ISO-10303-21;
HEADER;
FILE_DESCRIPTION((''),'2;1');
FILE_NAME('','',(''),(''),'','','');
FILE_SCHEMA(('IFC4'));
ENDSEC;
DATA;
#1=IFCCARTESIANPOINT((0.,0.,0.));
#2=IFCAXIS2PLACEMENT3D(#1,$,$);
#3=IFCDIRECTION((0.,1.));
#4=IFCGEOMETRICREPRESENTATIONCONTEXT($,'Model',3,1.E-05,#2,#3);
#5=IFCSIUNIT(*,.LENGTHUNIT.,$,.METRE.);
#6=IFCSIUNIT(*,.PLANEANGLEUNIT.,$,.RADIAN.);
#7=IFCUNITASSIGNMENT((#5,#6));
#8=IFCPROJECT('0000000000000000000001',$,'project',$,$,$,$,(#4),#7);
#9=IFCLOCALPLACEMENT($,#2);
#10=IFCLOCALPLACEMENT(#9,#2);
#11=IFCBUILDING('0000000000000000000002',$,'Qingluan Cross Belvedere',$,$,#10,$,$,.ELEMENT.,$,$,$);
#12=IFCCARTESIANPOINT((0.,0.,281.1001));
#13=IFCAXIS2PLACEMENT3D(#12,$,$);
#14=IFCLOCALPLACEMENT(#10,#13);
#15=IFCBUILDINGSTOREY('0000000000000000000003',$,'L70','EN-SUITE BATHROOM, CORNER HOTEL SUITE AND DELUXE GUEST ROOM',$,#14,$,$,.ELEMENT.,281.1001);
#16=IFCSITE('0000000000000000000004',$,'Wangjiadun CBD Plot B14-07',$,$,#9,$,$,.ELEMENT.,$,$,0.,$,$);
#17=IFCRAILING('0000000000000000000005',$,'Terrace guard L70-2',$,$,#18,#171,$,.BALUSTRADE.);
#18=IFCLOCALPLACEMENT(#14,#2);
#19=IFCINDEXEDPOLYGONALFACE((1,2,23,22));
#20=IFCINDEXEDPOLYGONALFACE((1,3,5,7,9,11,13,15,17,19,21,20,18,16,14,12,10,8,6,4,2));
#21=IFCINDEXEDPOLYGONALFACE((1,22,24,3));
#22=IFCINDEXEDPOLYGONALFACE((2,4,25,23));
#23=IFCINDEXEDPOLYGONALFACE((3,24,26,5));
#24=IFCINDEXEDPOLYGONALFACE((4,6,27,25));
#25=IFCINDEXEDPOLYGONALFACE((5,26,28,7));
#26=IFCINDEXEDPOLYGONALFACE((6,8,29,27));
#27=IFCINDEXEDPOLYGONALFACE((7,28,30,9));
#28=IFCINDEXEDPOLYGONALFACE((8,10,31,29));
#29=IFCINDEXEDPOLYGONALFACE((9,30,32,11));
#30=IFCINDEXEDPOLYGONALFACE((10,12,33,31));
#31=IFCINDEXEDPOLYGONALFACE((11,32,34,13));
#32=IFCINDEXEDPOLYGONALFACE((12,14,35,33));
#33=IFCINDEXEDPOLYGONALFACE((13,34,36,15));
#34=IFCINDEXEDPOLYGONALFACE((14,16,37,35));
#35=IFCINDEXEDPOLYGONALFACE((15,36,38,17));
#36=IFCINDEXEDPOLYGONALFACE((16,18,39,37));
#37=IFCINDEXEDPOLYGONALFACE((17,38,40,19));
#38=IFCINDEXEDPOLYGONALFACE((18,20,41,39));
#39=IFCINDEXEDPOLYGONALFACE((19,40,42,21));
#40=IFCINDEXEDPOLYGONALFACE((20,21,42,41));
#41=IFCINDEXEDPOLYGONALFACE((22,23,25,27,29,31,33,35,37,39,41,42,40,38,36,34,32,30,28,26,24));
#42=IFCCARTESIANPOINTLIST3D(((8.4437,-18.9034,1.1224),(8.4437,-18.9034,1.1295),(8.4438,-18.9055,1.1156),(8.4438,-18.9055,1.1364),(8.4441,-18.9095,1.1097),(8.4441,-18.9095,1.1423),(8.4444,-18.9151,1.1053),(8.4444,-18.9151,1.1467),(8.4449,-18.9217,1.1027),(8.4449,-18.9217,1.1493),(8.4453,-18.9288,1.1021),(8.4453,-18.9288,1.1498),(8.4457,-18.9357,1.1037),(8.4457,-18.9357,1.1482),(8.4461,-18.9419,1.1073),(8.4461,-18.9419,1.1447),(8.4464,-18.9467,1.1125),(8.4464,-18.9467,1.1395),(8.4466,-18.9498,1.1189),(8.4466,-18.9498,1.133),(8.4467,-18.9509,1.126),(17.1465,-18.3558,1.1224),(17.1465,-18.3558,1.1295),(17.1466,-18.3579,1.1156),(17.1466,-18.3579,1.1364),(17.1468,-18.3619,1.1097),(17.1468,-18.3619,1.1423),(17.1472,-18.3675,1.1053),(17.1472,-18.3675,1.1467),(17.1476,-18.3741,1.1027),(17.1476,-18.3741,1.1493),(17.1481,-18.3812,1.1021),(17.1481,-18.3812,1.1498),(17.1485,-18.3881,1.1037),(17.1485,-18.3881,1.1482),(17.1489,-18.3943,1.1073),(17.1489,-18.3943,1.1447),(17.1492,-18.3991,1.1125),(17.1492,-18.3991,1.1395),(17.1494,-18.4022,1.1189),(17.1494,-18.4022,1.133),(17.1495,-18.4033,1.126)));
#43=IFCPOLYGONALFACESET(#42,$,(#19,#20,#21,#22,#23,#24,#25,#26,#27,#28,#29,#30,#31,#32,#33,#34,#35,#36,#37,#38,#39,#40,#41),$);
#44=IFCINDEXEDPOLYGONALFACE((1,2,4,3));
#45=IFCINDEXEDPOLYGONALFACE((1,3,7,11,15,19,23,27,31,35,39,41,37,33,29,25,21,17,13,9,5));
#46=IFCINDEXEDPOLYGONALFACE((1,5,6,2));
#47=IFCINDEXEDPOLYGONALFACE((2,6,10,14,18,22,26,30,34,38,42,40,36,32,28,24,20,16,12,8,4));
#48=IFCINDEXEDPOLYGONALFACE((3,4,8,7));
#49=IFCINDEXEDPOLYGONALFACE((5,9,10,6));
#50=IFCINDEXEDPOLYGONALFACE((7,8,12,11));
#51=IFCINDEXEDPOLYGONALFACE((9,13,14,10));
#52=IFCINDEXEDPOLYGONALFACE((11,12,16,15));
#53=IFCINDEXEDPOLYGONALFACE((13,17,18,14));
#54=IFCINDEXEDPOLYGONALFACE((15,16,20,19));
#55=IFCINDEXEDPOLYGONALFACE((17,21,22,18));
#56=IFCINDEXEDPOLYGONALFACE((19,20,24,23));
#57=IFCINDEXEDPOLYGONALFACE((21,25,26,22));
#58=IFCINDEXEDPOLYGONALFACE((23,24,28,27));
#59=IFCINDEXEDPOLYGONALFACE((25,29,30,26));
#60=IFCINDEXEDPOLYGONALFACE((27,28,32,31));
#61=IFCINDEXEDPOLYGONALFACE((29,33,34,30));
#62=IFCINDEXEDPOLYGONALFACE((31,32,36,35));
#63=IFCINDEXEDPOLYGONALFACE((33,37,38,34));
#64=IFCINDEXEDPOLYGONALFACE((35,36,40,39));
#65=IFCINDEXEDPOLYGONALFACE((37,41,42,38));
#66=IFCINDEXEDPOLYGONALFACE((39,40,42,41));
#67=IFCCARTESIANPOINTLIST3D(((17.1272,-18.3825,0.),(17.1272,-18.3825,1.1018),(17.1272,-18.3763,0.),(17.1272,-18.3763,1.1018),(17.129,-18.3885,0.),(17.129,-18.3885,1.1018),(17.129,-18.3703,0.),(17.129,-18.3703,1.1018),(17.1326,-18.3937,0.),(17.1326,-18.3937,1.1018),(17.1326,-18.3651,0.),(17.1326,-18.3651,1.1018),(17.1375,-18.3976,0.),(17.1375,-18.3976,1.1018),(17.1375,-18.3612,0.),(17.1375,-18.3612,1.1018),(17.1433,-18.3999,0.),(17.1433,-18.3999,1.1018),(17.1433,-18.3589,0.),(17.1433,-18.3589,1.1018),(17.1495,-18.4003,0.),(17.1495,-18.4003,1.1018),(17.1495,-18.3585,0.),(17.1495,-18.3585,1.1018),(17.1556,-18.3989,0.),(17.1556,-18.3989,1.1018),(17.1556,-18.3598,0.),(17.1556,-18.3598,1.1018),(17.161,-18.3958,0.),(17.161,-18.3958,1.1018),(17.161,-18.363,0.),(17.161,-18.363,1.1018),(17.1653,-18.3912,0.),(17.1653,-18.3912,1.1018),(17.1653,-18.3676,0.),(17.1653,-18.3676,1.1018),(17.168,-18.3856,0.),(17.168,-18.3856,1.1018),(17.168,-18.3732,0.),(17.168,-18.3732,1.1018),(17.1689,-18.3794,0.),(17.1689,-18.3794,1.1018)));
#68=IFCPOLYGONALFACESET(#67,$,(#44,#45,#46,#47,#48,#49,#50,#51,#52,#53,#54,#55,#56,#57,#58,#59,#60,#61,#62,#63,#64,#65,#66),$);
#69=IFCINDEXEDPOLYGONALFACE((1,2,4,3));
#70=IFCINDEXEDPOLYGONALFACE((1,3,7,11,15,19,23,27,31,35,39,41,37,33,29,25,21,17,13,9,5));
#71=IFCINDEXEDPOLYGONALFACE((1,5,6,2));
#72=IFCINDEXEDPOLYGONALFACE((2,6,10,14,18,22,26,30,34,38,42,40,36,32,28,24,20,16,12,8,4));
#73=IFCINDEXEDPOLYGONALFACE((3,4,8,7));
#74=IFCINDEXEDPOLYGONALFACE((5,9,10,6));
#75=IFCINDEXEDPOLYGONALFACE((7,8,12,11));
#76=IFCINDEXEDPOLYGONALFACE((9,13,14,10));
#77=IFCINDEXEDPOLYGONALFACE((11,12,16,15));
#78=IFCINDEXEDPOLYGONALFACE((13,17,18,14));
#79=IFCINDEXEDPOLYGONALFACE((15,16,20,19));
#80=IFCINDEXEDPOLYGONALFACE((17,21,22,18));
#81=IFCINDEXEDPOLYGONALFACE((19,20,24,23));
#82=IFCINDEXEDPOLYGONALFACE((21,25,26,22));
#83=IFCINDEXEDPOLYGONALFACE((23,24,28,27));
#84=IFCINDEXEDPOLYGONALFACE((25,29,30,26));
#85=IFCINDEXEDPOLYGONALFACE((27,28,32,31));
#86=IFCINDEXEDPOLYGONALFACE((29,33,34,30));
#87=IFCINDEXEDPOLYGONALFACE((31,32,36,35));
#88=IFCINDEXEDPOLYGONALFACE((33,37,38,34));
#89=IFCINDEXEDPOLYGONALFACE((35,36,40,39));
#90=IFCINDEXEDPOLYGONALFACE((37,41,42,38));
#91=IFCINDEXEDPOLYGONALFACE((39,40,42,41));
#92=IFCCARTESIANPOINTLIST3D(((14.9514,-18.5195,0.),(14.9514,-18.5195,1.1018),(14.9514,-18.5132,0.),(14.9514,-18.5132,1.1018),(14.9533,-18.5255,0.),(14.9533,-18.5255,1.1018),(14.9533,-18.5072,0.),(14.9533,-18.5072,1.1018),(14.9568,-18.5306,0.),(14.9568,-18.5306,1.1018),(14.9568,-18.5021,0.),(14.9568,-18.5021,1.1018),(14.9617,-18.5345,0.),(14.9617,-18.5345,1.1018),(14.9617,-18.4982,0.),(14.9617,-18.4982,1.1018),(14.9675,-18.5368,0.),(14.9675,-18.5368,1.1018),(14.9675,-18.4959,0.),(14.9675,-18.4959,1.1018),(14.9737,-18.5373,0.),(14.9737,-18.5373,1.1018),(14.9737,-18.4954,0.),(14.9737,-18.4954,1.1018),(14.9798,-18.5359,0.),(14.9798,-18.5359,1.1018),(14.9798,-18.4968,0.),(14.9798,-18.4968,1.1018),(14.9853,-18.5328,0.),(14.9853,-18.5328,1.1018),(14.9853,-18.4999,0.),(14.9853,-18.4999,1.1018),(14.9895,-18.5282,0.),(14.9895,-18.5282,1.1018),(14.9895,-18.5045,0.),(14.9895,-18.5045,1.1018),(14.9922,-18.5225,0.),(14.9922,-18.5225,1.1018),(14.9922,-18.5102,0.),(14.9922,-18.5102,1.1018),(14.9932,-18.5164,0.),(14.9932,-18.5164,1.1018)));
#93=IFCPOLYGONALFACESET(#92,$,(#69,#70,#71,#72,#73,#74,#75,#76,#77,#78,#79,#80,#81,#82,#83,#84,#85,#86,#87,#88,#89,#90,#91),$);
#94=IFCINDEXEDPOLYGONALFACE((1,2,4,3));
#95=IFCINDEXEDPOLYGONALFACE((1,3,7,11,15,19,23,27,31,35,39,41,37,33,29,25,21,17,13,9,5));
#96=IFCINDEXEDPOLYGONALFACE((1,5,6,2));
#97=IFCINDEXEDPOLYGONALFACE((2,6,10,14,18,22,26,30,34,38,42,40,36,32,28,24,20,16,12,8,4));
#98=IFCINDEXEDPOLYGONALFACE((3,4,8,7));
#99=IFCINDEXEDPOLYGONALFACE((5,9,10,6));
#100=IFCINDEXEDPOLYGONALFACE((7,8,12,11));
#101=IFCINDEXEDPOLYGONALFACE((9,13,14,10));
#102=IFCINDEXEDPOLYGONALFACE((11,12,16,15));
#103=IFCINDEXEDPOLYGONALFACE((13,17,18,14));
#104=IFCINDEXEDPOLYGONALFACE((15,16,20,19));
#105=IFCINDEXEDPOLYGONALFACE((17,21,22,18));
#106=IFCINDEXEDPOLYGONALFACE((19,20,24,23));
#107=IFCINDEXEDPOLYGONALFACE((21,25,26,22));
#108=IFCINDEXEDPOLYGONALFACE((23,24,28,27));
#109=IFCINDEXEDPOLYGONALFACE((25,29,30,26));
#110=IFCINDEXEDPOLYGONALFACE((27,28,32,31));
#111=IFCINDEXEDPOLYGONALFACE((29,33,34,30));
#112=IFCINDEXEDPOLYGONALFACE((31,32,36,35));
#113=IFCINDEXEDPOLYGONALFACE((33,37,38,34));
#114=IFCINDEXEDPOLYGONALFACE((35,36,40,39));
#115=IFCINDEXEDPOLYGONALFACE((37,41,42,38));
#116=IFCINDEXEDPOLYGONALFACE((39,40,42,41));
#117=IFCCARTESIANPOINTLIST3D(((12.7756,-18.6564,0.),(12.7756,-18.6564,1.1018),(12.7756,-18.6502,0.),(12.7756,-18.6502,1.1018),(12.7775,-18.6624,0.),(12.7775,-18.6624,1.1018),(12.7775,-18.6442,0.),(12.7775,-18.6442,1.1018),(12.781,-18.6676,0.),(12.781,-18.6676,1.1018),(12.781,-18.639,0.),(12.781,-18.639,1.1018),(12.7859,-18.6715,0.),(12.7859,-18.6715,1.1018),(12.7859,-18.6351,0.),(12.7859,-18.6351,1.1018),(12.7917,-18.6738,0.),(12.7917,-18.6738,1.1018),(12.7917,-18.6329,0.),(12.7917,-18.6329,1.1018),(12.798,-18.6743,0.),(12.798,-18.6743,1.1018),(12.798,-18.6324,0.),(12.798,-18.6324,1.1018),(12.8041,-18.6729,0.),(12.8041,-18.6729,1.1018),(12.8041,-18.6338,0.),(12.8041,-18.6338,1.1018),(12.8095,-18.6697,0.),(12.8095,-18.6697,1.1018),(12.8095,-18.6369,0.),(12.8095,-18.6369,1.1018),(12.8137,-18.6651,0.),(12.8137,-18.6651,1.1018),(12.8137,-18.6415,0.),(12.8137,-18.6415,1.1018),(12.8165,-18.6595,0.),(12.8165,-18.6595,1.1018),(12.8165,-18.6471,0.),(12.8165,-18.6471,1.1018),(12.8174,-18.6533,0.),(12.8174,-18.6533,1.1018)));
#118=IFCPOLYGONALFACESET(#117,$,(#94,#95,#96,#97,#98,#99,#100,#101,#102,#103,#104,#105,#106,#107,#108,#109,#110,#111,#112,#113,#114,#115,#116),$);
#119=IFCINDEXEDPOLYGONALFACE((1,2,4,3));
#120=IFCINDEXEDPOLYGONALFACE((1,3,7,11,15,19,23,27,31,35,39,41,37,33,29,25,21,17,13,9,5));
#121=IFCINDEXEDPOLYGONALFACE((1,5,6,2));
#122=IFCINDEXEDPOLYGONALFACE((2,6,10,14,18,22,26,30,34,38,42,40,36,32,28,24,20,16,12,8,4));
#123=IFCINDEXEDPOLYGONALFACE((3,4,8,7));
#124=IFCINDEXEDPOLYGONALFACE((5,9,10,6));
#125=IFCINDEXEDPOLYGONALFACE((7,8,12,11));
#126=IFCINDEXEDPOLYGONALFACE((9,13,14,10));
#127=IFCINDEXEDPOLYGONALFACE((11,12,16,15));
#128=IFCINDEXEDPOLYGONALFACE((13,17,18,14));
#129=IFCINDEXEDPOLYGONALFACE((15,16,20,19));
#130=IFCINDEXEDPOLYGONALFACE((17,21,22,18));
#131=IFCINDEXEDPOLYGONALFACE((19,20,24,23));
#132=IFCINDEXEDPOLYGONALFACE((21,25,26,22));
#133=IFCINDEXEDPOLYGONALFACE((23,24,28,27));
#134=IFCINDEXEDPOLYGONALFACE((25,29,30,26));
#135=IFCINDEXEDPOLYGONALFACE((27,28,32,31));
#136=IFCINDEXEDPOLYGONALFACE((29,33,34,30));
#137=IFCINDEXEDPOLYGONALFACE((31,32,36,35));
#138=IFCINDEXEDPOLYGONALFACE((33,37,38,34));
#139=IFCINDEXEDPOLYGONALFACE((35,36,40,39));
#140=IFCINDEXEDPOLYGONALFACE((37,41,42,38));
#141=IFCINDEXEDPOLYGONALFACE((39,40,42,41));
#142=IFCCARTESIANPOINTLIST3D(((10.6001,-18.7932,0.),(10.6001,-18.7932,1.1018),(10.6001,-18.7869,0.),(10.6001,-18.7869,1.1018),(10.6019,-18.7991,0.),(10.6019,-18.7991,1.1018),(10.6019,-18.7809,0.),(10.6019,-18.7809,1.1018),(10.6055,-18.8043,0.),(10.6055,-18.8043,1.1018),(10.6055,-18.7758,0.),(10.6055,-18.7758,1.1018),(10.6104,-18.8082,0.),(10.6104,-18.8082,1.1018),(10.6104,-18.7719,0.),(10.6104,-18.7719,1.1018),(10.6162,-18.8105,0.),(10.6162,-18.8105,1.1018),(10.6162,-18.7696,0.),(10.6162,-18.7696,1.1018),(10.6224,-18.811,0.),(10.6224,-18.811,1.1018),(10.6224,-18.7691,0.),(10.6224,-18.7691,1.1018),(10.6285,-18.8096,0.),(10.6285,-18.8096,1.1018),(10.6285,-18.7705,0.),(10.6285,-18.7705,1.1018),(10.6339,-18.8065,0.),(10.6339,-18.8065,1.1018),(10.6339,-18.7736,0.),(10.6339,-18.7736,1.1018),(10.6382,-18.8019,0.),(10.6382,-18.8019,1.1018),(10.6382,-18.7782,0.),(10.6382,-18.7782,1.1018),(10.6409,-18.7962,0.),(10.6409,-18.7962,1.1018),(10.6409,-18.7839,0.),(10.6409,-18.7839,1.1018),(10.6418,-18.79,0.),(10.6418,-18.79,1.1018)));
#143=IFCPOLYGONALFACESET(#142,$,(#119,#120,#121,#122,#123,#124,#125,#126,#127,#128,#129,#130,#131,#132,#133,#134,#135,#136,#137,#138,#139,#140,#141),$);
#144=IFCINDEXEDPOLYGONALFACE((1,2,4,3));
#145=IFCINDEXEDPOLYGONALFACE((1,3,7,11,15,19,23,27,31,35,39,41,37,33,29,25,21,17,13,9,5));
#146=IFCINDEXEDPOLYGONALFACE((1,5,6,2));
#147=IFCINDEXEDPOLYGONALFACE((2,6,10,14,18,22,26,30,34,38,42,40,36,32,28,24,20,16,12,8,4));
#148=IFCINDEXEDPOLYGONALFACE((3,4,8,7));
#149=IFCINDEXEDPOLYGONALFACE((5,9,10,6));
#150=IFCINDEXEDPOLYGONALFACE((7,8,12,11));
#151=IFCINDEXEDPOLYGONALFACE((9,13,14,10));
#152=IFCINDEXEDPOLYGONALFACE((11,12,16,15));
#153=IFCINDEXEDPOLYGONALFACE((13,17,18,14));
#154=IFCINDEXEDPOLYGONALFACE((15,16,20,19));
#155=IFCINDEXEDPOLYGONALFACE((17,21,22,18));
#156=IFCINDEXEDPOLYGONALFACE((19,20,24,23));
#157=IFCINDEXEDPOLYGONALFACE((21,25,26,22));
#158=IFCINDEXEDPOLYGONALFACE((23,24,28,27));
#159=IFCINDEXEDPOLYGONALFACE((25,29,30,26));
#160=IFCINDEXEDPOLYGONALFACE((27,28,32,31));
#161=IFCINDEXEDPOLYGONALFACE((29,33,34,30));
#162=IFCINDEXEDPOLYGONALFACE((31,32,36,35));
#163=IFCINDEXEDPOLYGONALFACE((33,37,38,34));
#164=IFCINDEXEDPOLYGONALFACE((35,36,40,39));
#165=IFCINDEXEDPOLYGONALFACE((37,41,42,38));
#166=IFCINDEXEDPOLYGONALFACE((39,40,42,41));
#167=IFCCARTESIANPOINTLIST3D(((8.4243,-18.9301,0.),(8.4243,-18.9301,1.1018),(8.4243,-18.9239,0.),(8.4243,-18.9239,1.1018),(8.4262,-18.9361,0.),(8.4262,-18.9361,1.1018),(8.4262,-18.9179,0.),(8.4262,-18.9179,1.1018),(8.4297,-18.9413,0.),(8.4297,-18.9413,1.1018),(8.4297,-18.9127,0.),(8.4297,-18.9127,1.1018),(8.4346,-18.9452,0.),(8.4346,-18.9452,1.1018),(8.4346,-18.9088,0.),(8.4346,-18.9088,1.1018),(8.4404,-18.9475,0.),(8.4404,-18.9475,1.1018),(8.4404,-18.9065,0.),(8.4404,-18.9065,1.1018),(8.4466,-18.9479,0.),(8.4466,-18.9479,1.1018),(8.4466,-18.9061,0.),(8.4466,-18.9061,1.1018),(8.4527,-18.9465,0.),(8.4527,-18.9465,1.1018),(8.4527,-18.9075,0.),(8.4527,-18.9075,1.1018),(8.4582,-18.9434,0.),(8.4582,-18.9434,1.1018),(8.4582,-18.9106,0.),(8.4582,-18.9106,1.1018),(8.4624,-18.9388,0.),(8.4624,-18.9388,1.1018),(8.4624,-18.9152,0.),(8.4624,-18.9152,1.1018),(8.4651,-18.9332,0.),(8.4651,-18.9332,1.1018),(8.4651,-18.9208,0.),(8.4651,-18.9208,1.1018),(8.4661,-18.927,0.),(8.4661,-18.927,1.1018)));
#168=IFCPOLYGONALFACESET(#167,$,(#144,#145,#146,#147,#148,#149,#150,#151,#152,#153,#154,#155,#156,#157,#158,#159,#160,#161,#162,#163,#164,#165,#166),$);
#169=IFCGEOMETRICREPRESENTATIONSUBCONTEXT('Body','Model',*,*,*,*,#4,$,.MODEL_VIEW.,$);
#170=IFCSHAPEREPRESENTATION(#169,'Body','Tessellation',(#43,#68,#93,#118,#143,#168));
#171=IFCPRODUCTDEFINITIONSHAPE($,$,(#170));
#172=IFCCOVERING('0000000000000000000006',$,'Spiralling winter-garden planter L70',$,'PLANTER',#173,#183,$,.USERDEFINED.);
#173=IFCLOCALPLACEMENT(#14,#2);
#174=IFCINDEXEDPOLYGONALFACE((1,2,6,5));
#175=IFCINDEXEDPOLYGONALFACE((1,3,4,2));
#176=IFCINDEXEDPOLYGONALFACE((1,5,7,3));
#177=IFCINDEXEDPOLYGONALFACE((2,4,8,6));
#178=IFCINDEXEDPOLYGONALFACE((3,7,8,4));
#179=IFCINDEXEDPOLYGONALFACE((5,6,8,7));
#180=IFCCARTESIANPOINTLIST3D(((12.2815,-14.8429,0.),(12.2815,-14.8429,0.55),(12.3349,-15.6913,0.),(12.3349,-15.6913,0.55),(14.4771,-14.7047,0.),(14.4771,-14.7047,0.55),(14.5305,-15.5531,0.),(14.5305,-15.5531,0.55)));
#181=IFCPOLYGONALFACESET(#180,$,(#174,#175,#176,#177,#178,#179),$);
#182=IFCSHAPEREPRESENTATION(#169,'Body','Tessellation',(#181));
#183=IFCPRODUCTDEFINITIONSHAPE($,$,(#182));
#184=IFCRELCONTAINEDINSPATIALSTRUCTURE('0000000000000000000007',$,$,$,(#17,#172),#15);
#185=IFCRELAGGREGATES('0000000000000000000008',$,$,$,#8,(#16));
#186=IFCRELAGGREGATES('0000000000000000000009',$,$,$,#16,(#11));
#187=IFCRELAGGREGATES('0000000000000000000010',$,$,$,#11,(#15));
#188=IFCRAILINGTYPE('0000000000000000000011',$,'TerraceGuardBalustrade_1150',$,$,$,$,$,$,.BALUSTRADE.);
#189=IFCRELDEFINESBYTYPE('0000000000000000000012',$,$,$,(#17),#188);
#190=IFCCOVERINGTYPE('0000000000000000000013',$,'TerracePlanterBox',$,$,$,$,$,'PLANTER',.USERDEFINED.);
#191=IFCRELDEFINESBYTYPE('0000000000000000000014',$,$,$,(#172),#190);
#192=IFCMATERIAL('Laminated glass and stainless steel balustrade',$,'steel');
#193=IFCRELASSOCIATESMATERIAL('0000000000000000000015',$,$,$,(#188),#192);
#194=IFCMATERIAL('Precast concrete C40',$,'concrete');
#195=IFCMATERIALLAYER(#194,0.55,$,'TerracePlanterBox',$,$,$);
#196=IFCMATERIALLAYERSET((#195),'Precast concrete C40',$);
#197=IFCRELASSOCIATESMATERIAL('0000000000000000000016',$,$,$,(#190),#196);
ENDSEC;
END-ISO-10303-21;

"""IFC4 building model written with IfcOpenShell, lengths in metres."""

from ifc_helpers import new_model, si_unit, direction, frame, origin, origin_2d, place, context, subcontext, project, spatial, rectangle, circle, extrude, material, layer, layer_set, type_object, element, save


model = new_model("IFC4")

# Units and contexts
model_context = context("Model", 3, precision=1e-05, world=origin(), true_north=direction((0.0, 1.0)))
body_context = subcontext(model_context, "Body", "Model", "MODEL_VIEW")
ifc_project = project(units=[si_unit("LENGTHUNIT", "METRE"), si_unit("PLANEANGLEUNIT", "RADIAN")], contexts=[model_context])

# Site, building, storey
site_placement = place(None, origin())
site = spatial("IfcSite", under=ifc_project, at=site_placement, Name="Wangjiadun CBD Plot B14-07", CompositionType="ELEMENT", RefElevation=0.0)
building_placement = place(site_placement, origin())
building = spatial("IfcBuilding", under=site, at=building_placement, Name="Qingluan Cross Belvedere", CompositionType="ELEMENT")
storey_placement = place(building_placement, frame((0.0, 0.0, 281.1001)))
storey = spatial("IfcBuildingStorey", under=building, at=storey_placement, Name="L70", Description="EN-SUITE BATHROOM, CORNER HOTEL SUITE AND DELUXE GUEST ROOM", CompositionType="ELEMENT", Elevation=281.1001)

# Railing
ifc_material_1 = material(Name="Laminated glass and stainless steel balustrade", Category="steel")
railing_type = type_object("IfcRailingType", Name="TerraceGuardBalustrade_1150", PredefinedType="BALUSTRADE", material=ifc_material_1)
railing_placement = place(storey_placement, frame((17.1479, -18.3794, 0.0)))
element("IfcRailing", 1, at=railing_placement, inside=storey, type_object=railing_type, Name="Terrace guard L70-2", PredefinedType="BALUSTRADE", context=body_context, shape_type="SweptSolid", body=[
    extrude(circle(Radius=0.0239, at=origin_2d()), frame((0.0, 0.0, 1.126), z_axis=(-0.998026, -0.062798, 0.0), x_axis=(0.062798, -0.998026, 0.0)), (0.0, 0.0, 1.0), 8.72),
    extrude(circle(Radius=0.021, at=origin_2d()), origin(), (0.0, 0.0, 1.0), 1.1018),
    extrude(circle(Radius=0.021, at=origin_2d()), frame((-2.1758, -0.137, 0.0)), (0.0, 0.0, 1.0), 1.1018),
    extrude(circle(Radius=0.021, at=origin_2d()), frame((-4.3516, -0.2739, 0.0)), (0.0, 0.0, 1.0), 1.1018),
    extrude(circle(Radius=0.021, at=origin_2d()), frame((-6.5271, -0.4106, 0.0)), (0.0, 0.0, 1.0), 1.1018),
    extrude(circle(Radius=0.021, at=origin_2d()), frame((-8.7029, -0.5476, 0.0)), (0.0, 0.0, 1.0), 1.1018),
])

# Covering
ifc_material_2 = material(Name="Precast concrete C40", Category="concrete")
ifc_layer_1 = layer(ifc_material_2, 0.55, Name="TerracePlanterBox")
ifc_layer_set_1 = layer_set([ifc_layer_1], Name="Precast concrete C40")
covering_type_1 = type_object("IfcCoveringType", Name="TerracePlanterBox", ElementType="PLANTER", PredefinedType="USERDEFINED", material=ifc_layer_set_1)
covering_placement = place(storey_placement, frame((13.406, -15.198, 0.0), z_axis=(0.0, 0.0, 1.0), x_axis=(0.998027, 0.062791, 0.0)))
element("IfcCovering", 2, at=covering_placement, inside=storey, type_object=covering_type_1, Name="Spiralling winter-garden planter L70", ObjectType="PLANTER", PredefinedType="USERDEFINED", context=body_context, shape_type="SweptSolid", body=[
    extrude(rectangle(XDim=2.2, YDim=0.8501, at=origin_2d()), origin(), (0.0, 0.0, 1.0), 0.55),
])

save(model, "model.ifc")
